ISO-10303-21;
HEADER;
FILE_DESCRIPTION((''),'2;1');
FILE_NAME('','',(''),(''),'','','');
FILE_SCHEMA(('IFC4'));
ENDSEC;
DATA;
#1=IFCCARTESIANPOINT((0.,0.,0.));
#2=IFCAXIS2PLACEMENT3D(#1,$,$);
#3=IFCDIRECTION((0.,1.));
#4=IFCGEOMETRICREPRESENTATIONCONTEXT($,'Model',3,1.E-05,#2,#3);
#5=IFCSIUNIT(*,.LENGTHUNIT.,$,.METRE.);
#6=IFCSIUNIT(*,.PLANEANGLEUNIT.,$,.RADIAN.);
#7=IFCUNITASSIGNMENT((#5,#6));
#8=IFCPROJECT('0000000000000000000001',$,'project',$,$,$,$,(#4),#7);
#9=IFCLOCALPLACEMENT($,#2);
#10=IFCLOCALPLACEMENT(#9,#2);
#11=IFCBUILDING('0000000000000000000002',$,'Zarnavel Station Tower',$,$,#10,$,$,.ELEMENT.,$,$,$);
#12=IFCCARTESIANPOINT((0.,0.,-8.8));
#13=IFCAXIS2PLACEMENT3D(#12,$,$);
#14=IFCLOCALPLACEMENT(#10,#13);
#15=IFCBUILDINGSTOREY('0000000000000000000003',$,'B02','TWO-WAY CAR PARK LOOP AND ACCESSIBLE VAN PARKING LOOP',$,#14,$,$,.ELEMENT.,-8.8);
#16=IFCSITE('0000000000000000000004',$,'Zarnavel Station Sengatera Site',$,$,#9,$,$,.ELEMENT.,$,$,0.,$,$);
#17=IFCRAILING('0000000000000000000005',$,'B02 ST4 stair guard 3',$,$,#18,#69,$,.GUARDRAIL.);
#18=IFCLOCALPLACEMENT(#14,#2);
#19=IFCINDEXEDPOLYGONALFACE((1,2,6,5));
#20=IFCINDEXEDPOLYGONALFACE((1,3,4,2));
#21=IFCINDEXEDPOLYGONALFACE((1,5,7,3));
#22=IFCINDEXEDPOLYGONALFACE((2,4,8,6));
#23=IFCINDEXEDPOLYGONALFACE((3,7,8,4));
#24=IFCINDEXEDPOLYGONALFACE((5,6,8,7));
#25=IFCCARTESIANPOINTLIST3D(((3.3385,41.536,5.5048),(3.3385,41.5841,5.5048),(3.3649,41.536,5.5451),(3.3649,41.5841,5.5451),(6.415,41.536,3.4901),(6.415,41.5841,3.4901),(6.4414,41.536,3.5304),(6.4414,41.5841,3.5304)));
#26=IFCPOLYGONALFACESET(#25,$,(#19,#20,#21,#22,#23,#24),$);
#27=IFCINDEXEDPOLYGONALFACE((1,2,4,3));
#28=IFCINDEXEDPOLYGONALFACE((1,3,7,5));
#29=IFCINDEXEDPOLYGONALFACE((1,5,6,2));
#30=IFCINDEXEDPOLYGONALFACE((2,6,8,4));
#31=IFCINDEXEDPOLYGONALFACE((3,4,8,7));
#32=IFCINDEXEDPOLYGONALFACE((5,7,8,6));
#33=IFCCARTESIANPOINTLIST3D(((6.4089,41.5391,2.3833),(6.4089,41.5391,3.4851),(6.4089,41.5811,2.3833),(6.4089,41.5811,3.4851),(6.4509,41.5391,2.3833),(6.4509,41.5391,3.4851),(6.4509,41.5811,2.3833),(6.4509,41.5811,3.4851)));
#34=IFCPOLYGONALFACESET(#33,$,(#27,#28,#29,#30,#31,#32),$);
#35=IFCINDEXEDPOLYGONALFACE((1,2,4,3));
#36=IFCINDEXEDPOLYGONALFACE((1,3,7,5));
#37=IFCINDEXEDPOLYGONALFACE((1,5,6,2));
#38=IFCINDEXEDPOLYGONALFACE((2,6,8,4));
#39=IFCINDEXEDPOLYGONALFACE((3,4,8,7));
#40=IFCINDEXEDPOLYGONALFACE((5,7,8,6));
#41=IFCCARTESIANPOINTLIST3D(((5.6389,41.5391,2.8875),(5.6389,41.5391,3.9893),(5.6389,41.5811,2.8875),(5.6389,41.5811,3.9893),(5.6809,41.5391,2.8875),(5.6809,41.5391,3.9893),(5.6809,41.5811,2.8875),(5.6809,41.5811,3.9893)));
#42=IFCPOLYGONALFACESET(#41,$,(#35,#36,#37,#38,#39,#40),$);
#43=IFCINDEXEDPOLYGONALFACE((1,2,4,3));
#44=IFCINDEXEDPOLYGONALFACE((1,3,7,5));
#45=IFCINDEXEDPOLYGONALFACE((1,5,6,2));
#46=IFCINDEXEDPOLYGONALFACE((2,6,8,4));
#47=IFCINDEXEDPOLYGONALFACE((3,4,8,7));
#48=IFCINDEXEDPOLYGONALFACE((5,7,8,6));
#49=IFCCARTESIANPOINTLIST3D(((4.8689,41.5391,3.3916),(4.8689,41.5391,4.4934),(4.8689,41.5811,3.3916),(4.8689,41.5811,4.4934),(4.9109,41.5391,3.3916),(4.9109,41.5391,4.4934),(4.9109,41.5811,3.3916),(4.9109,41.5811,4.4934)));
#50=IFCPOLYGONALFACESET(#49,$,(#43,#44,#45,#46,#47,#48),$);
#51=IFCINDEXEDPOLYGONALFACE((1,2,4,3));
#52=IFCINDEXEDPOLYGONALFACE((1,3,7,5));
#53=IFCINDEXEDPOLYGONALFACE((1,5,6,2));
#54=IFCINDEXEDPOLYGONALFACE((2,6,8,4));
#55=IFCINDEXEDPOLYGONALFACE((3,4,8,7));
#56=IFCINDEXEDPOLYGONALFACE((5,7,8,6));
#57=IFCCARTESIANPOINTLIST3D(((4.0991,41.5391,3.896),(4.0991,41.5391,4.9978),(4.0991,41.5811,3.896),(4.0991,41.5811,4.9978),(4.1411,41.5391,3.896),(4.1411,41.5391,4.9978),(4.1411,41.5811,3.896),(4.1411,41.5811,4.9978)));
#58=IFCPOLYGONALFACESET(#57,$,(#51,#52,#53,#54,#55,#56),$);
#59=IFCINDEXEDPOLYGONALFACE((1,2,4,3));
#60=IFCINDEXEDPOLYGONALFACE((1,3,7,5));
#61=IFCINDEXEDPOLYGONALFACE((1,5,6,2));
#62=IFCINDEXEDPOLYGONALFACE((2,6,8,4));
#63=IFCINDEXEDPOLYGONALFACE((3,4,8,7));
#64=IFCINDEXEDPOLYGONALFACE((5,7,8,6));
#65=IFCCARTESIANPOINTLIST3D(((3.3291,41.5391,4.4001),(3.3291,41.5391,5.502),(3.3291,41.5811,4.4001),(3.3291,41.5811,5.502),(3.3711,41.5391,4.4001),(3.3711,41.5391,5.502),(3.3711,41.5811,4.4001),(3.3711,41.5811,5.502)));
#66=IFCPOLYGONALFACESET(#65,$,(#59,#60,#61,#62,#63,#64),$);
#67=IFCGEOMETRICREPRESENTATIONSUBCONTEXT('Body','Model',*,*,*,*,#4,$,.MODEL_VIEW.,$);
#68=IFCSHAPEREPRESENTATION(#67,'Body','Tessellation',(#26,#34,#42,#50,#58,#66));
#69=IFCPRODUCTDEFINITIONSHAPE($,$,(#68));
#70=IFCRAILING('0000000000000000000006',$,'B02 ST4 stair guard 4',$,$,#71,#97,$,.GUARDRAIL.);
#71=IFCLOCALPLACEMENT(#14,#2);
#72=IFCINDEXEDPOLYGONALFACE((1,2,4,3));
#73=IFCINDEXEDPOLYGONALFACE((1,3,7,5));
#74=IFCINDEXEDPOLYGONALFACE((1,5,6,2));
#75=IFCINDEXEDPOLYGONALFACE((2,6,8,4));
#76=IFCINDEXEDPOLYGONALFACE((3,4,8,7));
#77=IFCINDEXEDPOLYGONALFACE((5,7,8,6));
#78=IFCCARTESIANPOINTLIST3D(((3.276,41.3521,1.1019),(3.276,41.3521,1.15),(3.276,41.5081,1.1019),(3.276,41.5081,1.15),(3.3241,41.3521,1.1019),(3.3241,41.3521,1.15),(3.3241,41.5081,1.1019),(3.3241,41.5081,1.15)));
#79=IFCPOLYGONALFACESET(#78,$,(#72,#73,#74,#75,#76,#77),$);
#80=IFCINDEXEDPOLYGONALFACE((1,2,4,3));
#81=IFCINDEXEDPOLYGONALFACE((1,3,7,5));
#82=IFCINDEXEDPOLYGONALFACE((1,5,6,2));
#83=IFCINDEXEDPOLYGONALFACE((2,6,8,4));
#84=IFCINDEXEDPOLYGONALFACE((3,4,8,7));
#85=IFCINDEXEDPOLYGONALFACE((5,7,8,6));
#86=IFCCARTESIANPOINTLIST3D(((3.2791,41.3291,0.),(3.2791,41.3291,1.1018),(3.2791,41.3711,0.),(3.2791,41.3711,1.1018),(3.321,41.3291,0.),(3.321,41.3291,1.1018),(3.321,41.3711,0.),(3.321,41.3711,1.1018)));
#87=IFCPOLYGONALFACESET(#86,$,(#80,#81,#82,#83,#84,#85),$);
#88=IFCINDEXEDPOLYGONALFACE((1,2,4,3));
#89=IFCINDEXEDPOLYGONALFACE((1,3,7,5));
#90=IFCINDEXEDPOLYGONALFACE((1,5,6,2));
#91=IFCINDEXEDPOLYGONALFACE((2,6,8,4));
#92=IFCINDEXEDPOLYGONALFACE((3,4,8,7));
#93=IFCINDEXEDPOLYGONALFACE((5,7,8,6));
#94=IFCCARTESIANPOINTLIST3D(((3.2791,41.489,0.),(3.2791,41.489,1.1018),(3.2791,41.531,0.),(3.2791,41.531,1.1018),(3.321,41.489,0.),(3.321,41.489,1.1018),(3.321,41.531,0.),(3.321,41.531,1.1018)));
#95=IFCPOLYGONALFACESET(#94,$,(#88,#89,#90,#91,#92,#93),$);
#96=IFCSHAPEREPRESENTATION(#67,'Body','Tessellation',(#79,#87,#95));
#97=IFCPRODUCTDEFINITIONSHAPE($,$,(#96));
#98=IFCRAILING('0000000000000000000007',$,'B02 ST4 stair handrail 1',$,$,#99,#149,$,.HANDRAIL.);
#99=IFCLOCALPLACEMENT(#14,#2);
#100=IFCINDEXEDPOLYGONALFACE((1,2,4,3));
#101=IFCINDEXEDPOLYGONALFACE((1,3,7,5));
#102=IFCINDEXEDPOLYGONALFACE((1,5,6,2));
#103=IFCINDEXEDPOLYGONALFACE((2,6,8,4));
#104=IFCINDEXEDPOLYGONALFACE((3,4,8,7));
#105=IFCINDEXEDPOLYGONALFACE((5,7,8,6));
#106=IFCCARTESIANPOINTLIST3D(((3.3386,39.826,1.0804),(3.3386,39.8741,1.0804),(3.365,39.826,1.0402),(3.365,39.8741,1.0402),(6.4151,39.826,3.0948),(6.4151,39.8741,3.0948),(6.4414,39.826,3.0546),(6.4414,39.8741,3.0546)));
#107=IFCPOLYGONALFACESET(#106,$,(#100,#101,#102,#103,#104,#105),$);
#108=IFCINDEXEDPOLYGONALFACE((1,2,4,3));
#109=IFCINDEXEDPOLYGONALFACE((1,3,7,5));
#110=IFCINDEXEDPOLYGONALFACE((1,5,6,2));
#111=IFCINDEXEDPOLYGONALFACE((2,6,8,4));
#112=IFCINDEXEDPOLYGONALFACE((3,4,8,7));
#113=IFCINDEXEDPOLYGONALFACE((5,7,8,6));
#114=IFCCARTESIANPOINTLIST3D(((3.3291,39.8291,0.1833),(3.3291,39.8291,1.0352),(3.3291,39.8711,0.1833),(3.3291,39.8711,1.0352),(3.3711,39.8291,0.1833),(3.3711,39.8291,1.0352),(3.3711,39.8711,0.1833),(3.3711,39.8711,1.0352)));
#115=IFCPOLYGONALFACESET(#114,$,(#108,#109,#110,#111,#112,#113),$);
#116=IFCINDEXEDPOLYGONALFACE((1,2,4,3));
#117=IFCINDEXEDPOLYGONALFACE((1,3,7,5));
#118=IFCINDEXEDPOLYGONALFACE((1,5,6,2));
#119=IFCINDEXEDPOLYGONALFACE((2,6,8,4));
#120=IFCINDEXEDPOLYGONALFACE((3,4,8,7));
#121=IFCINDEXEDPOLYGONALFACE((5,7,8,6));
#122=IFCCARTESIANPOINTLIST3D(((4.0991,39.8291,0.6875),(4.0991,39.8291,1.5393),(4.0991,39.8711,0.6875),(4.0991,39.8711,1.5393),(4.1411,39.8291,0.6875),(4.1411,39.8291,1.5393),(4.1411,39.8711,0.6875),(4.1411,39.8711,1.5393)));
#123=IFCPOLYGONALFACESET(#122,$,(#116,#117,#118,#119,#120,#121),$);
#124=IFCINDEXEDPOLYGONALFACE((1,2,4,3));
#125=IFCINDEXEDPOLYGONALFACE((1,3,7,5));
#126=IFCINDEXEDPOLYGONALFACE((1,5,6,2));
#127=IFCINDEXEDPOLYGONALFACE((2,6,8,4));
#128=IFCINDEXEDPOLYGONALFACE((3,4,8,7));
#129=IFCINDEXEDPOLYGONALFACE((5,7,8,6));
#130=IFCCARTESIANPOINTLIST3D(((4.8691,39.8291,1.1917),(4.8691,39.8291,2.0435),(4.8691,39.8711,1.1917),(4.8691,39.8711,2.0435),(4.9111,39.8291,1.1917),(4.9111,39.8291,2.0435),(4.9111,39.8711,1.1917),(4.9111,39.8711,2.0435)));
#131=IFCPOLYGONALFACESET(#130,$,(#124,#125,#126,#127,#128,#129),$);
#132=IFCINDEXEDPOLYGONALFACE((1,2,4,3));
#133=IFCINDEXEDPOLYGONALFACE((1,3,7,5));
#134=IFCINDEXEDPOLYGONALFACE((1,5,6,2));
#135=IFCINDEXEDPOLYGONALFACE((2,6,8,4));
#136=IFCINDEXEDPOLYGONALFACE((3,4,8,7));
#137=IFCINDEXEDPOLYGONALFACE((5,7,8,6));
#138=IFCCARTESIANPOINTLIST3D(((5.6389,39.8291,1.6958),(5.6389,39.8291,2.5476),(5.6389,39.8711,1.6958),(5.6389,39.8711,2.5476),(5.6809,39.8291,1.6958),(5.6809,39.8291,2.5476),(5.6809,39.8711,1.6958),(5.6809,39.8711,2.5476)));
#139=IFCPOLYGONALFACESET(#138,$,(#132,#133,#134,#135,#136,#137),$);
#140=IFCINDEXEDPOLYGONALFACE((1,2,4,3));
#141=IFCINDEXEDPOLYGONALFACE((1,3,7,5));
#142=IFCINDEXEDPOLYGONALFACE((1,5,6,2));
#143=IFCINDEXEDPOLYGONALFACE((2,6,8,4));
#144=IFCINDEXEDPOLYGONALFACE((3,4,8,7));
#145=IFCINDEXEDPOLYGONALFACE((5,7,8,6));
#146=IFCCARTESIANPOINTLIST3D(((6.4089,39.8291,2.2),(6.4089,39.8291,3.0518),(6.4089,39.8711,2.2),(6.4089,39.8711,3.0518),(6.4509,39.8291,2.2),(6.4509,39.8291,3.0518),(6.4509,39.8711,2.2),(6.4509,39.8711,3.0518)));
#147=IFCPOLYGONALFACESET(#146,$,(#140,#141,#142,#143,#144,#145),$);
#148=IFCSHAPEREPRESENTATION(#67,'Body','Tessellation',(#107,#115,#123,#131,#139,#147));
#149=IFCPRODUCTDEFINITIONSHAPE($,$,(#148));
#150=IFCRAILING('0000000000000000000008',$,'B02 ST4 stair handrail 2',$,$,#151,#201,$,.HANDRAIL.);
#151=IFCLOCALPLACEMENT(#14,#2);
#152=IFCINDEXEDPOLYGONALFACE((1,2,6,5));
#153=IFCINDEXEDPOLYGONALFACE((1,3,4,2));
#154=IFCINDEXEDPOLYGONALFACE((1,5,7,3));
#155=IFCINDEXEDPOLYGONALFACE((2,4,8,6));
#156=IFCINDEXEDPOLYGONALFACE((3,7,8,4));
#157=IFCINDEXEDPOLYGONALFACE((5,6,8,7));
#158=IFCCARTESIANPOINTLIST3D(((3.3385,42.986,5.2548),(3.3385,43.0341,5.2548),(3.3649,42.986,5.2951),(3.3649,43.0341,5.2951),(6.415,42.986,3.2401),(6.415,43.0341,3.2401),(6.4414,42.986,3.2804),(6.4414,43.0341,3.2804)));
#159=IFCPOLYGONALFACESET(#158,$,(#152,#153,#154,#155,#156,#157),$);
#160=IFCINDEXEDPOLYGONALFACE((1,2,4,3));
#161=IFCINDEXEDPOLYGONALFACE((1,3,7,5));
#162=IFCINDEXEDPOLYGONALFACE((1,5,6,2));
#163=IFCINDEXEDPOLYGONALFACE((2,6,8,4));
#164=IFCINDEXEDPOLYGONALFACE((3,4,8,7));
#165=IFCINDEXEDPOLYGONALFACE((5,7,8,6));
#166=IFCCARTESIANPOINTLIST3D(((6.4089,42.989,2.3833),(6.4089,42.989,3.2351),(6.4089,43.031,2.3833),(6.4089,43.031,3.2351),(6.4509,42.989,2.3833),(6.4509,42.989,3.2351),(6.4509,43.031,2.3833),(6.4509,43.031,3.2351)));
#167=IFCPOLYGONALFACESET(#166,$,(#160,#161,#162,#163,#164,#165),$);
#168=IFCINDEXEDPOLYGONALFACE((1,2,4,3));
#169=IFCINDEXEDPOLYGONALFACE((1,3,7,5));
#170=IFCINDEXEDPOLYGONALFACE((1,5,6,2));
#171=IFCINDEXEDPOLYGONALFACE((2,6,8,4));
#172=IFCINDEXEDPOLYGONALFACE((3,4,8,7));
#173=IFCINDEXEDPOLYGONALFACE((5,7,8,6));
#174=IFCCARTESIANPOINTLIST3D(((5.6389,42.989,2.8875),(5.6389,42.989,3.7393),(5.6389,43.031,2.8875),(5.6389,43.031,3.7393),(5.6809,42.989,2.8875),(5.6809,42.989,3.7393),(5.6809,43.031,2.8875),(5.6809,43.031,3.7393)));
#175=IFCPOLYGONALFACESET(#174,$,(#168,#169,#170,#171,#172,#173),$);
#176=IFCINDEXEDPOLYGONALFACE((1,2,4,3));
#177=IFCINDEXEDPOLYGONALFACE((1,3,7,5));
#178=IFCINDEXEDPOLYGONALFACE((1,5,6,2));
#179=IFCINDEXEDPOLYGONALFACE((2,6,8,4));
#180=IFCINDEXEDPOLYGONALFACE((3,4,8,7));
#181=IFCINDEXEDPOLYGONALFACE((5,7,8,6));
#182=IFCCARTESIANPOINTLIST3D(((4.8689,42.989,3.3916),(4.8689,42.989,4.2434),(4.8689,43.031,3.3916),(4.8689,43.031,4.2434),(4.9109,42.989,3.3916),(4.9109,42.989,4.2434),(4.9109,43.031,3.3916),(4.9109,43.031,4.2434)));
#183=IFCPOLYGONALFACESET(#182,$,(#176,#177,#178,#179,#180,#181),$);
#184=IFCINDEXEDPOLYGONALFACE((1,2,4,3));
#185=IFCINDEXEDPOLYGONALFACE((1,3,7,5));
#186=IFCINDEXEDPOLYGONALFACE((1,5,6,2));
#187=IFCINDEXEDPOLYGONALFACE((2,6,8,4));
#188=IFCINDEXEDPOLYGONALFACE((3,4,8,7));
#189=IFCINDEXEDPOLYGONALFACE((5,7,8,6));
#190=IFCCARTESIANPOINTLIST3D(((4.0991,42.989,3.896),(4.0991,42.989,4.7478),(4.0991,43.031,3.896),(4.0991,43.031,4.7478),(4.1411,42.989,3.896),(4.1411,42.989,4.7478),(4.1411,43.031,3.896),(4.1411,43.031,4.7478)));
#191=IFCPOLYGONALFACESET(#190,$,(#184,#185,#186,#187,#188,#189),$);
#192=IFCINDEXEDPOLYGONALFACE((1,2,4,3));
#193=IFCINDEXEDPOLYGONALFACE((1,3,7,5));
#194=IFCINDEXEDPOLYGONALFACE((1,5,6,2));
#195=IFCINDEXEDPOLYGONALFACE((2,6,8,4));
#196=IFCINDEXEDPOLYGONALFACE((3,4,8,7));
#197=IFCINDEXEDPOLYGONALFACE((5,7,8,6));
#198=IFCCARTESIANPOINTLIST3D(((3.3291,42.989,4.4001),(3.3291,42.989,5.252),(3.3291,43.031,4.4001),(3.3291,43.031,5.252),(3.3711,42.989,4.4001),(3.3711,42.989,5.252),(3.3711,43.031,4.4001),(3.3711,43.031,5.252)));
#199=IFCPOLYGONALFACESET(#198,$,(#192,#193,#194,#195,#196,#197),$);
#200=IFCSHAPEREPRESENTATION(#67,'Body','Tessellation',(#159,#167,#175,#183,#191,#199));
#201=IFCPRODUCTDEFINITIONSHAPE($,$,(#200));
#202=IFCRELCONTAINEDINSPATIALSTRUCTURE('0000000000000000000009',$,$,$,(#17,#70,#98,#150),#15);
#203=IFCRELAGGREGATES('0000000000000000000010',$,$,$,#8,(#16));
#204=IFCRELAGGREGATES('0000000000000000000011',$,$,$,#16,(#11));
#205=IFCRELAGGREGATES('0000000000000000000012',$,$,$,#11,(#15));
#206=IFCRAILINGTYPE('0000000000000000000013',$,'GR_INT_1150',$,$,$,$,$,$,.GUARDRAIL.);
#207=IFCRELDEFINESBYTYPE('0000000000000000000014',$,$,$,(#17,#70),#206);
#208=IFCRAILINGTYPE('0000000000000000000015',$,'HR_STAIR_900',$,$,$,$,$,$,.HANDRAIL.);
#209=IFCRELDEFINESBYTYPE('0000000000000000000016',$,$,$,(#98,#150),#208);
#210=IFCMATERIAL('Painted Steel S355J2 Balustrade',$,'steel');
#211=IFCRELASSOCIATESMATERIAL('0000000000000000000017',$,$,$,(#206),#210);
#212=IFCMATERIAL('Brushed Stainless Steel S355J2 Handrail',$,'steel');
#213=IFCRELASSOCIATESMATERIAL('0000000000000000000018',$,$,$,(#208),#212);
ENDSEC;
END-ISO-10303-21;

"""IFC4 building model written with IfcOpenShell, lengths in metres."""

from ifc_helpers import new_model, si_unit, direction, frame, origin, origin_2d, place, context, subcontext, project, spatial, rectangle, extrude, material, type_object, element, save


model = new_model("IFC4")

# Units and contexts
model_context = context("Model", 3, precision=1e-05, world=origin(), true_north=direction((0.0, 1.0)))
body_context = subcontext(model_context, "Body", "Model", "MODEL_VIEW")
ifc_project = project(units=[si_unit("LENGTHUNIT", "METRE"), si_unit("PLANEANGLEUNIT", "RADIAN")], contexts=[model_context])

# Site, building, storey
site_placement = place(None, origin())
site = spatial("IfcSite", under=ifc_project, at=site_placement, Name="Zarnavel Station Sengatera Site", CompositionType="ELEMENT", RefElevation=0.0)
building_placement = place(site_placement, origin())
building = spatial("IfcBuilding", under=site, at=building_placement, Name="Zarnavel Station Tower", CompositionType="ELEMENT")
storey_placement = place(building_placement, frame((0.0, 0.0, -8.8)))
storey = spatial("IfcBuildingStorey", under=building, at=storey_placement, Name="B02", Description="TWO-WAY CAR PARK LOOP AND ACCESSIBLE VAN PARKING LOOP", CompositionType="ELEMENT", Elevation=-8.8)

# Railings
ifc_material_1 = material(Name="Painted Steel S355J2 Balustrade", Category="steel")
railing_type_1 = type_object("IfcRailingType", Name="GR_INT_1150", PredefinedType="GUARDRAIL", material=ifc_material_1)
railing_1_placement = place(storey_placement, frame((6.4299, 41.5601, 2.3833)))
element("IfcRailing", 1, at=railing_1_placement, inside=storey, type_object=railing_type_1, Name="B02 ST4 stair guard 3", PredefinedType="GUARDRAIL", context=body_context, shape_type="SweptSolid", body=[
    extrude(rectangle(XDim=0.0481, YDim=0.0481, at=origin_2d()), frame((-0.0017, 0.0, 1.127), z_axis=(-0.836583, 0.0, 0.547841), x_axis=(0.0, -1.0, 0.0)), (0.0, 0.0, 1.0), 3.6775),
    extrude(rectangle(XDim=0.042, YDim=0.042, at=origin_2d()), origin(), (0.0, 0.0, 1.0), 1.1018),
    extrude(rectangle(XDim=0.042, YDim=0.042, at=origin_2d()), frame((-0.77, 0.0, 0.5042)), (0.0, 0.0, 1.0), 1.1018),
    extrude(rectangle(XDim=0.042, YDim=0.042, at=origin_2d()), frame((-1.54, 0.0, 1.0083)), (0.0, 0.0, 1.0), 1.1018),
    extrude(rectangle(XDim=0.042, YDim=0.042, at=origin_2d()), frame((-2.3098, 0.0, 1.5127)), (0.0, 0.0, 1.0), 1.1018),
    extrude(rectangle(XDim=0.042, YDim=0.042, at=origin_2d()), frame((-3.0798, 0.0, 2.0168)), (0.0, 0.0, 1.0), 1.1018),
])
railing_2_placement = place(storey_placement, frame((3.3, 41.3501, 0.0)))
element("IfcRailing", 2, at=railing_2_placement, inside=storey, type_object=railing_type_1, Name="B02 ST4 stair guard 4", PredefinedType="GUARDRAIL", context=body_context, shape_type="SweptSolid", body=[
    extrude(rectangle(XDim=0.0481, YDim=0.0481, at=origin_2d()), frame((0.0, 0.002, 1.126), z_axis=(0.0, 1.0, 0.0), x_axis=(-1.0, 0.0, 0.0)), (0.0, 0.0, 1.0), 0.156),
    extrude(rectangle(XDim=0.042, YDim=0.042, at=origin_2d()), origin(), (0.0, 0.0, 1.0), 1.1018),
    extrude(rectangle(XDim=0.042, YDim=0.042, at=origin_2d()), frame((0.0, 0.1599, 0.0)), (0.0, 0.0, 1.0), 1.1018),
])
ifc_material_2 = material(Name="Brushed Stainless Steel S355J2 Handrail", Category="steel")
railing_type_2 = type_object("IfcRailingType", Name="HR_STAIR_900", PredefinedType="HANDRAIL", material=ifc_material_2)
railing_3_placement = place(storey_placement, frame((3.3501, 39.8501, 0.1833)))
element("IfcRailing", 3, at=railing_3_placement, inside=storey, type_object=railing_type_2, Name="B02 ST4 stair handrail 1", PredefinedType="HANDRAIL", context=body_context, shape_type="SweptSolid", body=[
    extrude(rectangle(XDim=0.0481, YDim=0.0481, at=origin_2d()), frame((0.0017, 0.0, 0.877), z_axis=(0.836613, 0.0, 0.547794), x_axis=(0.0, 1.0, 0.0)), (0.0, 0.0, 1.0), 3.6772),
    extrude(rectangle(XDim=0.042, YDim=0.042, at=origin_2d()), origin(), (0.0, 0.0, 1.0), 0.8518),
    extrude(rectangle(XDim=0.042, YDim=0.042, at=origin_2d()), frame((0.77, 0.0, 0.5042)), (0.0, 0.0, 1.0), 0.8518),
    extrude(rectangle(XDim=0.042, YDim=0.042, at=origin_2d()), frame((1.54, 0.0, 1.0083)), (0.0, 0.0, 1.0), 0.8518),
    extrude(rectangle(XDim=0.042, YDim=0.042, at=origin_2d()), frame((2.3098, 0.0, 1.5125)), (0.0, 0.0, 1.0), 0.8518),
    extrude(rectangle(XDim=0.042, YDim=0.042, at=origin_2d()), frame((3.0798, 0.0, 2.0166)), (0.0, 0.0, 1.0), 0.8518),
])
railing_4_placement = place(storey_placement, frame((6.4299, 43.01, 2.3833)))
element("IfcRailing", 4, at=railing_4_placement, inside=storey, type_object=railing_type_2, Name="B02 ST4 stair handrail 2", PredefinedType="HANDRAIL", context=body_context, shape_type="SweptSolid", body=[
    extrude(rectangle(XDim=0.0481, YDim=0.0481, at=origin_2d()), frame((-0.0017, 0.0, 0.877), z_axis=(-0.836583, 0.0, 0.547841), x_axis=(0.0, -1.0, 0.0)), (0.0, 0.0, 1.0), 3.6775),
    extrude(rectangle(XDim=0.042, YDim=0.042, at=origin_2d()), origin(), (0.0, 0.0, 1.0), 0.8518),
    extrude(rectangle(XDim=0.042, YDim=0.042, at=origin_2d()), frame((-0.77, 0.0, 0.5042)), (0.0, 0.0, 1.0), 0.8518),
    extrude(rectangle(XDim=0.042, YDim=0.042, at=origin_2d()), frame((-1.54, 0.0, 1.0083)), (0.0, 0.0, 1.0), 0.8518),
    extrude(rectangle(XDim=0.042, YDim=0.042, at=origin_2d()), frame((-2.3098, 0.0, 1.5127)), (0.0, 0.0, 1.0), 0.8518),
    extrude(rectangle(XDim=0.042, YDim=0.042, at=origin_2d()), frame((-3.0798, 0.0, 2.0168)), (0.0, 0.0, 1.0), 0.8518),
])

save(model, "model.ifc")
